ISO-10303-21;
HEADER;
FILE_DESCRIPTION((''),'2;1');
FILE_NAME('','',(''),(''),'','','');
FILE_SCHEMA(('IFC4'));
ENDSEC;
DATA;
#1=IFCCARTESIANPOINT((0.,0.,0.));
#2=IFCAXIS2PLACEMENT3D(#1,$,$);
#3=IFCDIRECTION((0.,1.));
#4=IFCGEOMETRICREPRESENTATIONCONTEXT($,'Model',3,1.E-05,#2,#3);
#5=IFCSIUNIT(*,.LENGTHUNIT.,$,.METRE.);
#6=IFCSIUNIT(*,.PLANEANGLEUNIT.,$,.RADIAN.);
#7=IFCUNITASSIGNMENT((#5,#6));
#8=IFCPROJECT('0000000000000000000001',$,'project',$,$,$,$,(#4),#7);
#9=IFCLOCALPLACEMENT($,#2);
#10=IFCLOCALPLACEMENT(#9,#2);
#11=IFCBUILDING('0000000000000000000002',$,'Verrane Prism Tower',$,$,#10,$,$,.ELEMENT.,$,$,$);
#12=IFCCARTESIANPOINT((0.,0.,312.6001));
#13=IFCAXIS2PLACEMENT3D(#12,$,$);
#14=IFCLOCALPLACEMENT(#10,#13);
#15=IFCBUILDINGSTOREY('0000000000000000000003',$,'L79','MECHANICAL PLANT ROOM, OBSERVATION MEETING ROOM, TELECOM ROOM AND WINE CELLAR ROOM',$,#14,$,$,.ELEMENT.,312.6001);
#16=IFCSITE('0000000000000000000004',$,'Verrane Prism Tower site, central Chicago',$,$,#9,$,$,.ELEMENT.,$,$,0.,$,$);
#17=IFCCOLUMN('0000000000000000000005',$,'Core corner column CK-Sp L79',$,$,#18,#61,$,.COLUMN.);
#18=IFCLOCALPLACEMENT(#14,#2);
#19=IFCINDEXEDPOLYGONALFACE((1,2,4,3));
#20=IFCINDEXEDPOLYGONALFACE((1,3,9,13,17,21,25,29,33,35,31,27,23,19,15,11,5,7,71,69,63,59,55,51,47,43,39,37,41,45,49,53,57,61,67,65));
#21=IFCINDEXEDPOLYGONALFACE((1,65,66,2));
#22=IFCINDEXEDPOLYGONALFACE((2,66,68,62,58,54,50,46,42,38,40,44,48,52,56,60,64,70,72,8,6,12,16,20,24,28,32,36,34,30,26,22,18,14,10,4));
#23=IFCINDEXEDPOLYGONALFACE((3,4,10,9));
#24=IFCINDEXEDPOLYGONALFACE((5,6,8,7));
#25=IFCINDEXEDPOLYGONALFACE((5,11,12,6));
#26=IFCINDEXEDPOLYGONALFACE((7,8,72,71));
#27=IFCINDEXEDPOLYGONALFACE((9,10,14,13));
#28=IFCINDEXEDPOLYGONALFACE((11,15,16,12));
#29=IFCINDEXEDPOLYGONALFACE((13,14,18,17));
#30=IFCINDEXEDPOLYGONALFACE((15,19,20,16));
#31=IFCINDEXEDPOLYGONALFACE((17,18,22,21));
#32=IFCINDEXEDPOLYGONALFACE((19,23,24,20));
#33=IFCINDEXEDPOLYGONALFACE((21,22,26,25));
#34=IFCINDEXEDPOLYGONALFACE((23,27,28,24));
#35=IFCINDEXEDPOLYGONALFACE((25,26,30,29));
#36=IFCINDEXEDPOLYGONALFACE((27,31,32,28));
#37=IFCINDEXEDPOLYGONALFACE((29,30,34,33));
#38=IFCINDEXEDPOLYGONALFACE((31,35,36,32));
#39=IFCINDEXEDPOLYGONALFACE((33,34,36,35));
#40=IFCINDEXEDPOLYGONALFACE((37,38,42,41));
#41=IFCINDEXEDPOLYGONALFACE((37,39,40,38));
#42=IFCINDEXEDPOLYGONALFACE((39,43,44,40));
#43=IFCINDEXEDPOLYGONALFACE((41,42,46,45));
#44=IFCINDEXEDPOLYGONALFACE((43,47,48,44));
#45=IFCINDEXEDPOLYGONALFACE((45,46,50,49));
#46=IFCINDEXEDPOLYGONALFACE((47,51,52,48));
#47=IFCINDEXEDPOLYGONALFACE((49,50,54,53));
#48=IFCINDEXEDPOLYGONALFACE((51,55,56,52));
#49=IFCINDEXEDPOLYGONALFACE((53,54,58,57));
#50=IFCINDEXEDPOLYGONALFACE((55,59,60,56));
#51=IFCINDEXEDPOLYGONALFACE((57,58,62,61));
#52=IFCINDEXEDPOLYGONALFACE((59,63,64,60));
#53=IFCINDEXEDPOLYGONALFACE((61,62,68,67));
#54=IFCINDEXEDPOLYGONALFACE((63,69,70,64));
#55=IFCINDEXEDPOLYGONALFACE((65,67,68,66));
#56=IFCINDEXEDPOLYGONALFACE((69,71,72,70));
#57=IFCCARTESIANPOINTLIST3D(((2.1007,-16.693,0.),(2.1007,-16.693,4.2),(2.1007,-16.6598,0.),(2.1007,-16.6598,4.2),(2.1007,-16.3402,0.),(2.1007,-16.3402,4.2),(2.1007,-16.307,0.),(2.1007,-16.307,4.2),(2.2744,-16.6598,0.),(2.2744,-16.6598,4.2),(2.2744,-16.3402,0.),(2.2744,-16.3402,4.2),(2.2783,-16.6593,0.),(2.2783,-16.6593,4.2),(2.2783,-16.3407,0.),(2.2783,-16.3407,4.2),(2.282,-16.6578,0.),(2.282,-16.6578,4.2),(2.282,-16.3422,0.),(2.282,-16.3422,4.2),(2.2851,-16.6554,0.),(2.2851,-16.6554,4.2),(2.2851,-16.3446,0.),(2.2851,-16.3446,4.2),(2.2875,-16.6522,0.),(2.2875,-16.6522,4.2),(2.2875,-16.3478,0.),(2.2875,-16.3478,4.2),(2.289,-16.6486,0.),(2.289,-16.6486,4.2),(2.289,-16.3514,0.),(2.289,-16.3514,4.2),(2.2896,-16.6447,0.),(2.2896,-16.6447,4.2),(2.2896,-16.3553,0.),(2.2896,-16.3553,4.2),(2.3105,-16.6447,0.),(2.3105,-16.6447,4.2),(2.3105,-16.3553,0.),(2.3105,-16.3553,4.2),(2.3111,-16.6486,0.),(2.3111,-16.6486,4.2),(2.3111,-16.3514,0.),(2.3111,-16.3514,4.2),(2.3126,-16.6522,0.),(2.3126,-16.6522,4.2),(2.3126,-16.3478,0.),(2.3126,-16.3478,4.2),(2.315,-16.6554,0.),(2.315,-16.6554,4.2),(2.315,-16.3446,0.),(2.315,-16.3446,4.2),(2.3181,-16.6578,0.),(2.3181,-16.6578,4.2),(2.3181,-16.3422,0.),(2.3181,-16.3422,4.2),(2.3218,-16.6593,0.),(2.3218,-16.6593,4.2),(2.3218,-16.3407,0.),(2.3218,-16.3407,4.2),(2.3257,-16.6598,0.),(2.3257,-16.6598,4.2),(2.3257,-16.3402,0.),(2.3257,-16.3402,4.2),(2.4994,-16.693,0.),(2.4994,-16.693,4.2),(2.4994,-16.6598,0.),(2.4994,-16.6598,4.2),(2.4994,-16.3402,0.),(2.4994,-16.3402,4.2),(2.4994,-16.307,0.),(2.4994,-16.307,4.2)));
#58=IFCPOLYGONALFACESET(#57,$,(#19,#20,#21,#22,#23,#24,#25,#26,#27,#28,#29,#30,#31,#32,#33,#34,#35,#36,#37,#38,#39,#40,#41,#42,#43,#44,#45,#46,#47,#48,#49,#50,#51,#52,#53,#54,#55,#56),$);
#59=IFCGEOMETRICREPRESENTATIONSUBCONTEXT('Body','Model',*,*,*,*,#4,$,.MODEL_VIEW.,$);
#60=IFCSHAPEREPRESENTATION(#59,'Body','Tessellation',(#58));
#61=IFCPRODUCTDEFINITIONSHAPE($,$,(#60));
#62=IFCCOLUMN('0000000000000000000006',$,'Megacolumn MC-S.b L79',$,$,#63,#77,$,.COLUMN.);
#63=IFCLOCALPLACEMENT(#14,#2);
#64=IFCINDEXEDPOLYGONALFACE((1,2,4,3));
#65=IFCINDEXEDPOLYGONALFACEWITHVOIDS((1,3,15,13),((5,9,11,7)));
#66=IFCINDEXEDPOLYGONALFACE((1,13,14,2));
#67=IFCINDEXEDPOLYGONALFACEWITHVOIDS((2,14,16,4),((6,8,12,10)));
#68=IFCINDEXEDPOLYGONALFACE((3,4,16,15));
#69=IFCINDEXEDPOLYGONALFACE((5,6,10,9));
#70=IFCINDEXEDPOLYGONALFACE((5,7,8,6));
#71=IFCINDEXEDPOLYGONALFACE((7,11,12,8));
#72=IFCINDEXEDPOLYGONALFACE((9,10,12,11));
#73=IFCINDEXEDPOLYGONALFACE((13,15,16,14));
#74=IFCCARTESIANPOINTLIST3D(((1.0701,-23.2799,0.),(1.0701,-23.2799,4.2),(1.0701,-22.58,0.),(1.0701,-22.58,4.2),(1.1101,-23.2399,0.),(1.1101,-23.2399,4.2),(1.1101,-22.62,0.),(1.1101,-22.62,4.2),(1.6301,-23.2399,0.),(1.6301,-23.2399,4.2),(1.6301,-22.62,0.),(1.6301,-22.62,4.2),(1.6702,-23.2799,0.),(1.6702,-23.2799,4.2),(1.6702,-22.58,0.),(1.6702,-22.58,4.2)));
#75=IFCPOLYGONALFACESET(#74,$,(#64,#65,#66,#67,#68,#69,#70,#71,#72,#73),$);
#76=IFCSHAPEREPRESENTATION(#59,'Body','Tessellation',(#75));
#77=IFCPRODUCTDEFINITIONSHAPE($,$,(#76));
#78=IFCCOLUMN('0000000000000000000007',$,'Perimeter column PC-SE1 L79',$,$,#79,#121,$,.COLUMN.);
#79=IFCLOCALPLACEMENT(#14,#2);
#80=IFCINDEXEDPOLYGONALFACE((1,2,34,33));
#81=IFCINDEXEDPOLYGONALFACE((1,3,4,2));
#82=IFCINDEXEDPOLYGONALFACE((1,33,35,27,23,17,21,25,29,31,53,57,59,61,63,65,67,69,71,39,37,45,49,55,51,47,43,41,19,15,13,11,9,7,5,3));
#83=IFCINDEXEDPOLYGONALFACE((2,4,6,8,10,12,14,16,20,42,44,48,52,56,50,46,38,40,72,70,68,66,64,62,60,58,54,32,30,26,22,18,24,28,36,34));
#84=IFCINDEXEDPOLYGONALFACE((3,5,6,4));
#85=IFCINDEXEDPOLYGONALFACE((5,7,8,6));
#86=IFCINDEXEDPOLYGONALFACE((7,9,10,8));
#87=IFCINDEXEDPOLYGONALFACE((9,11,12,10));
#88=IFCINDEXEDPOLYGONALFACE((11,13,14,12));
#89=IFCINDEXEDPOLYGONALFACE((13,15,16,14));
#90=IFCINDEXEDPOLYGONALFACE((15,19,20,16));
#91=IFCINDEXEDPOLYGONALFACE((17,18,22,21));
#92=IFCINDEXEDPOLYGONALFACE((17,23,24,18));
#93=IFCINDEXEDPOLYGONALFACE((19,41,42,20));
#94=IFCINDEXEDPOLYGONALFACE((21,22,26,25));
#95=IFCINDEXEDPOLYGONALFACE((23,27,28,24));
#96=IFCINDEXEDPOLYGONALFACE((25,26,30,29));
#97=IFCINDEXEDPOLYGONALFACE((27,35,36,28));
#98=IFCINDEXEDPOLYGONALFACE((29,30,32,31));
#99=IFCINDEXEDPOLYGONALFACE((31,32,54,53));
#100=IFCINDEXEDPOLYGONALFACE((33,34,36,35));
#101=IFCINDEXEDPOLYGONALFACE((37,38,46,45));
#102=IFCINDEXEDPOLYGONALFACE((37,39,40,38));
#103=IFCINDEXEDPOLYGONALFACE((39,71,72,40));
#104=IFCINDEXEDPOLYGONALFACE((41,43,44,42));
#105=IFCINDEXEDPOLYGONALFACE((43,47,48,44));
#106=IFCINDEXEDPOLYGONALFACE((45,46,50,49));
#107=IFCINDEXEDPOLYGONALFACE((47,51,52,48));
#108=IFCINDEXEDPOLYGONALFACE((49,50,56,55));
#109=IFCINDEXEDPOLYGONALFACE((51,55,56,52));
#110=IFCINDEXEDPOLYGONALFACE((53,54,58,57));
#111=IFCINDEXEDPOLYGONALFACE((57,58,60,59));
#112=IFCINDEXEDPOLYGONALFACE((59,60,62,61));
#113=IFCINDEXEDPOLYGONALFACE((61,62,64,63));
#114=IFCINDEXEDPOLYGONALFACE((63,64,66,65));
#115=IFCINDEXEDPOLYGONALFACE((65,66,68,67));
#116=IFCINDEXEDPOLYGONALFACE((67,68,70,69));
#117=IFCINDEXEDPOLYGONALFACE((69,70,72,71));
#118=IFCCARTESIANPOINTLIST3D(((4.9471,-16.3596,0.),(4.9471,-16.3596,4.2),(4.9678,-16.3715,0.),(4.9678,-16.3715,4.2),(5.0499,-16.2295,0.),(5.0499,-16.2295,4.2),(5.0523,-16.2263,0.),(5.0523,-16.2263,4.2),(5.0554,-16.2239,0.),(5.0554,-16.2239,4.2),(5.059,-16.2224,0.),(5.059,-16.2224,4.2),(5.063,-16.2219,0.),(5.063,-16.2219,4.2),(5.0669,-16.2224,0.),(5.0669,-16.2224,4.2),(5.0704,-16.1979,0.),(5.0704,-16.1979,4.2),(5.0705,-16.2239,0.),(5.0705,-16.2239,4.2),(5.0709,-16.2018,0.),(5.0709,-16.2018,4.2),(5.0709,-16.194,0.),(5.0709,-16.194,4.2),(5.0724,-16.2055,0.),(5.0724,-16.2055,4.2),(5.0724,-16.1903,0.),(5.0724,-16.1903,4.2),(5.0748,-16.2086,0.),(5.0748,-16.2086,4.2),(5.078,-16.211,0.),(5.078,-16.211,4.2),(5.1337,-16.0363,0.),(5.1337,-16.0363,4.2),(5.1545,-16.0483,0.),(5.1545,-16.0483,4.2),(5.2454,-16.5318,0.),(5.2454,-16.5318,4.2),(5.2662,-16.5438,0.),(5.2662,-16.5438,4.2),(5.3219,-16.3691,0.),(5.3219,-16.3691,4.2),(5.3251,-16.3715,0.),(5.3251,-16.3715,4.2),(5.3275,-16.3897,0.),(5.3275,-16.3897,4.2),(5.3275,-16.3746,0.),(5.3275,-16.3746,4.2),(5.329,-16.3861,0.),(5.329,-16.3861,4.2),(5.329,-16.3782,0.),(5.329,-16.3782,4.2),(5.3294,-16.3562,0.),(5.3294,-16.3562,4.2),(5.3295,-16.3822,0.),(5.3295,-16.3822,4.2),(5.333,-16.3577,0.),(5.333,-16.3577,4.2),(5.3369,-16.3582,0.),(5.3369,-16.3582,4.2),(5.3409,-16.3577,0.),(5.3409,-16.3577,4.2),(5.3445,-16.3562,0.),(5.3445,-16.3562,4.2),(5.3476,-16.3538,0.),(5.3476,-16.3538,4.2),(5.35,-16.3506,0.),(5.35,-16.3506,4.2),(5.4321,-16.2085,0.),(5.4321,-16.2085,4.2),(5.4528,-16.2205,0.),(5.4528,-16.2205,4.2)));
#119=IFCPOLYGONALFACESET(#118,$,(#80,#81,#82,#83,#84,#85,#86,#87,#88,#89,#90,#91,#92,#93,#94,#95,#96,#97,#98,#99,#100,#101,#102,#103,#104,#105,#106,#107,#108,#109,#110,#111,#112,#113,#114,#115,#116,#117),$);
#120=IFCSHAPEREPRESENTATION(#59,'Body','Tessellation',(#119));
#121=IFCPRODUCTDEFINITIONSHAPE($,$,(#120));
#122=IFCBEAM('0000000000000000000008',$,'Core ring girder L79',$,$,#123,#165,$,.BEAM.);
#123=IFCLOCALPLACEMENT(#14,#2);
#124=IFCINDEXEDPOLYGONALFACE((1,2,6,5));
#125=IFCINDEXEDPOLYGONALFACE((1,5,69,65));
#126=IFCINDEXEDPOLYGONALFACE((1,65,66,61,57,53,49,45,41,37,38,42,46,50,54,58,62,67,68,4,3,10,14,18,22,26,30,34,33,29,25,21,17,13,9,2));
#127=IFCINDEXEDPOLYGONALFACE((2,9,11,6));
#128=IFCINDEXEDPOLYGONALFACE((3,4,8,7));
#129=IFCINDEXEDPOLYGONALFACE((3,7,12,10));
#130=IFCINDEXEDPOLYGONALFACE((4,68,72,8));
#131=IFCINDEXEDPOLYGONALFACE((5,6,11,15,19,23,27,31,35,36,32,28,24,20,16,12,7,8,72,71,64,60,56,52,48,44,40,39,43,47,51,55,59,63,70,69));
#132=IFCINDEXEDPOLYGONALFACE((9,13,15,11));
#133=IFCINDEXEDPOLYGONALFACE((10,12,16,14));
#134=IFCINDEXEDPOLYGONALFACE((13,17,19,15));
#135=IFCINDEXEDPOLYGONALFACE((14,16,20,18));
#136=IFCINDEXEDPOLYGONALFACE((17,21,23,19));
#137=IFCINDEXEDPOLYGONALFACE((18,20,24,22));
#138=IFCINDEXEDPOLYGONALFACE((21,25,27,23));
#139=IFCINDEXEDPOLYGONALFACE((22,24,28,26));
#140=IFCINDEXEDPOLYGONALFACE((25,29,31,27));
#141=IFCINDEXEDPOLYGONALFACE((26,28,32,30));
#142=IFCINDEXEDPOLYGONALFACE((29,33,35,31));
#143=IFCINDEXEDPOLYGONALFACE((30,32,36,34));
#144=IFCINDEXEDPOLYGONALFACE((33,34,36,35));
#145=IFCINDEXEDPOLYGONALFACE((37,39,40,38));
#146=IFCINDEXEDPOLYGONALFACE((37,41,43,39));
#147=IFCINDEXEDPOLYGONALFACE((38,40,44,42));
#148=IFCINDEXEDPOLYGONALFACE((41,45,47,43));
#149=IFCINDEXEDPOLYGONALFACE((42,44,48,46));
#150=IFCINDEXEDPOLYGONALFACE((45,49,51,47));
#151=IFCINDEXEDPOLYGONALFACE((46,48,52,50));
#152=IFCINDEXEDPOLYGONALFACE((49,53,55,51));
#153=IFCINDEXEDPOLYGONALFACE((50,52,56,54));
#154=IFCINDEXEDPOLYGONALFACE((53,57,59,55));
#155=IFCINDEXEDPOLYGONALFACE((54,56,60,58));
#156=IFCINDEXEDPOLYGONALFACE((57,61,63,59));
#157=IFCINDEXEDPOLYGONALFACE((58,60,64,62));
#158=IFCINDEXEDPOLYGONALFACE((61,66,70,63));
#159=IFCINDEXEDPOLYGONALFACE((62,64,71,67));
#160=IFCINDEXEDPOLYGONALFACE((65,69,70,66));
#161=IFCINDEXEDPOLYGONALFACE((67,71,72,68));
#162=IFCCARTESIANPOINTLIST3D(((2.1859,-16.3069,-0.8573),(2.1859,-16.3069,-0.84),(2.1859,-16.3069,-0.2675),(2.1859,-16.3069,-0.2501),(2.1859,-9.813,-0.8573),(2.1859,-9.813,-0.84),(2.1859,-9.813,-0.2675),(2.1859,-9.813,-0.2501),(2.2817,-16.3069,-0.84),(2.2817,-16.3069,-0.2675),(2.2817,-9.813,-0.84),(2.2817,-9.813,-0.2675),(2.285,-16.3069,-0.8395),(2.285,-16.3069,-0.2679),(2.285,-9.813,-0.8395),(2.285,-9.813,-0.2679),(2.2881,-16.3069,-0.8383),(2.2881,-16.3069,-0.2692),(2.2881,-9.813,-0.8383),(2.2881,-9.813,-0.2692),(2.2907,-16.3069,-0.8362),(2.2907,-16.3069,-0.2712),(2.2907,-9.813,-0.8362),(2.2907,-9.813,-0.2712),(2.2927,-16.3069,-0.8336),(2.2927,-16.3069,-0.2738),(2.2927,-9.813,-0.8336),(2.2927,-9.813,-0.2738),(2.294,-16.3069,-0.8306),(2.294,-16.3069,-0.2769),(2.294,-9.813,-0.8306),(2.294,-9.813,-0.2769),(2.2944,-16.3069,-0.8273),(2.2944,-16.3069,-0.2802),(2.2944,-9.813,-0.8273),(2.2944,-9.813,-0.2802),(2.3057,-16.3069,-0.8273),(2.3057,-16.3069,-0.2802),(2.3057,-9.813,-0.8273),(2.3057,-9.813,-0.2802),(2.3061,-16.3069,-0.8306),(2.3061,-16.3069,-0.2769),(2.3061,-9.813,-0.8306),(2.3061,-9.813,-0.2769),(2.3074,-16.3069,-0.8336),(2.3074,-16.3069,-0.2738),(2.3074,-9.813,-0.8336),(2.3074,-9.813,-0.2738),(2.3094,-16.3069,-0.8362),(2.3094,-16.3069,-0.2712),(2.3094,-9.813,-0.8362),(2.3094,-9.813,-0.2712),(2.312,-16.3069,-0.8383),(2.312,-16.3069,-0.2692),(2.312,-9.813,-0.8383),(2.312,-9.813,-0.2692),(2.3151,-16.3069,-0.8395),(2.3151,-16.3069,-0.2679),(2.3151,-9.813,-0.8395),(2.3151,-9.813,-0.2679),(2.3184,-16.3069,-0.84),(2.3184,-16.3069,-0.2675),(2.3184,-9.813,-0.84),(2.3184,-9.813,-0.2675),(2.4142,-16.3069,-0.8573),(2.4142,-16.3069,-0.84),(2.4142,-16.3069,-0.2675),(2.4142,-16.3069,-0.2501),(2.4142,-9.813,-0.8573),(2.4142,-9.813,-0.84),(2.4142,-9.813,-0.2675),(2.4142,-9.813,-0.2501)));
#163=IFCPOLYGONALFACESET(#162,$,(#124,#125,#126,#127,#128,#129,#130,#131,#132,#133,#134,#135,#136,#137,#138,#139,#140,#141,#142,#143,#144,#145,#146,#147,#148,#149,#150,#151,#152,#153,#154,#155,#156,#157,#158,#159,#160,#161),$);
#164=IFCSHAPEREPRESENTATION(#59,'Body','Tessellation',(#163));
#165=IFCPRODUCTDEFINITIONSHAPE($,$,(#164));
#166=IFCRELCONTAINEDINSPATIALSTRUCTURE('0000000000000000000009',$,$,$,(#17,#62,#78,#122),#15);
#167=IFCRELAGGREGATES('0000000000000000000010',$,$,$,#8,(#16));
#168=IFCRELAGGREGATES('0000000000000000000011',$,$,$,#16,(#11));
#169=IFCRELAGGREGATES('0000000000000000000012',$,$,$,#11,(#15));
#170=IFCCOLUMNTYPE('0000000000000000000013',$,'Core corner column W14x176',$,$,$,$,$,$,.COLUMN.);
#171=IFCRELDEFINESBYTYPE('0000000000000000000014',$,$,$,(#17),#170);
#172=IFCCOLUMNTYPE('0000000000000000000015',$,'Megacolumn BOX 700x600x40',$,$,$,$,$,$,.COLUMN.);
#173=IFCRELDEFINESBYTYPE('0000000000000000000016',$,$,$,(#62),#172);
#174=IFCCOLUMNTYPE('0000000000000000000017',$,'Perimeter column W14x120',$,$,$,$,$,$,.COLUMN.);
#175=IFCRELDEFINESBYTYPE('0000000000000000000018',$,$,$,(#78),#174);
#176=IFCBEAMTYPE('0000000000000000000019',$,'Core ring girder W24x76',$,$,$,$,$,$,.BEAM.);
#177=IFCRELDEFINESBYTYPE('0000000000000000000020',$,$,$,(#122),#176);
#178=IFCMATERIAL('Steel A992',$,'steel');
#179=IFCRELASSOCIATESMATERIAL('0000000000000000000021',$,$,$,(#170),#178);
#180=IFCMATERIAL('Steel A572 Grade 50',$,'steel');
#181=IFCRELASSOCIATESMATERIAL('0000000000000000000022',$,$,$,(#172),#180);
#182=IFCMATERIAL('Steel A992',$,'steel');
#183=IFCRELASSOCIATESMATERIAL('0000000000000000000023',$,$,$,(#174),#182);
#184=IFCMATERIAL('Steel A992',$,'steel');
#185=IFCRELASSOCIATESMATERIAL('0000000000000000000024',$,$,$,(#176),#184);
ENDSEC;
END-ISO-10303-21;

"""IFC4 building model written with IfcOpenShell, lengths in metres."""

from ifc_helpers import new_model, si_unit, direction, frame, origin, origin_2d, place, context, subcontext, project, spatial, hollow_rectangle, i_section, extrude, material, material_profile, profile_set, type_object, element, save


model = new_model("IFC4")

# Units and contexts
model_context = context("Model", 3, precision=1e-05, world=origin(), true_north=direction((0.0, 1.0)))
body_context = subcontext(model_context, "Body", "Model", "MODEL_VIEW")
ifc_project = project(units=[si_unit("LENGTHUNIT", "METRE"), si_unit("PLANEANGLEUNIT", "RADIAN")], contexts=[model_context])

# Site, building, storey
site_placement = place(None, origin())
site = spatial("IfcSite", under=ifc_project, at=site_placement, Name="Verrane Prism Tower site, central Chicago", CompositionType="ELEMENT", RefElevation=0.0)
building_placement = place(site_placement, origin())
building = spatial("IfcBuilding", under=site, at=building_placement, Name="Verrane Prism Tower", CompositionType="ELEMENT")
storey_placement = place(building_placement, frame((0.0, 0.0, 312.6001)))
storey = spatial("IfcBuildingStorey", under=building, at=storey_placement, Name="L79", Description="MECHANICAL PLANT ROOM, OBSERVATION MEETING ROOM, TELECOM ROOM AND WINE CELLAR ROOM", CompositionType="ELEMENT", Elevation=312.6001)

# Columns
ifc_material_1 = material(Name="Steel A992", Category="steel")
ifc_material_profile_1 = material_profile(ifc_material_1, i_section(OverallWidth=0.3987, OverallDepth=0.386, WebThickness=0.021, FlangeThickness=0.0332, FilletRadius=0.0151, at=origin_2d()), Name="W14x176")
ifc_profile_set_1 = profile_set([ifc_material_profile_1], Name="Steel A992")
column_type_1 = type_object("IfcColumnType", Name="Core corner column W14x176", PredefinedType="COLUMN", material=ifc_profile_set_1)
column_1_placement = place(storey_placement, frame((2.3, -16.5, 0.0), z_axis=(0.0, 0.0, 1.0), x_axis=(-1.0, 0.0, 0.0)))
element("IfcColumn", 1, at=column_1_placement, inside=storey, type_object=column_type_1, Name="Core corner column CK-Sp L79", PredefinedType="COLUMN", context=body_context, shape_type="SweptSolid", body=[
    extrude(i_section(OverallWidth=0.3987, OverallDepth=0.386, WebThickness=0.021, FlangeThickness=0.0332, FilletRadius=0.0151, at=origin_2d()), origin(), (0.0, 0.0, 1.0), 4.2),
])
ifc_material_2 = material(Name="Steel A572 Grade 50", Category="steel")
ifc_material_profile_2 = material_profile(ifc_material_2, hollow_rectangle(XDim=0.6001, YDim=0.7, WallThickness=0.04, at=origin_2d()), Name="BOX 700x600x40")
ifc_profile_set_2 = profile_set([ifc_material_profile_2], Name="Steel A572 Grade 50")
column_type_2 = type_object("IfcColumnType", Name="Megacolumn BOX 700x600x40", PredefinedType="COLUMN", material=ifc_profile_set_2)
column_2_placement = place(storey_placement, frame((1.3701, -22.9299, 0.0), z_axis=(0.0, 0.0, 1.0), x_axis=(-1.0, 0.0, 0.0)))
element("IfcColumn", 2, at=column_2_placement, inside=storey, type_object=column_type_2, Name="Megacolumn MC-S.b L79", PredefinedType="COLUMN", context=body_context, shape_type="SweptSolid", body=[
    extrude(hollow_rectangle(XDim=0.6001, YDim=0.7, WallThickness=0.04, at=origin_2d()), origin(), (0.0, 0.0, 1.0), 4.2),
])
ifc_material_3 = material(Name="Steel A992", Category="steel")
ifc_material_profile_3 = material_profile(ifc_material_3, i_section(OverallWidth=0.3733, OverallDepth=0.3684, WebThickness=0.0149, FlangeThickness=0.0239, FilletRadius=0.0151, at=origin_2d()), Name="W14x120")
ifc_profile_set_3 = profile_set([ifc_material_profile_3], Name="Steel A992")
column_type_3 = type_object("IfcColumnType", Name="Perimeter column W14x120", PredefinedType="COLUMN", material=ifc_profile_set_3)
column_3_placement = place(storey_placement, frame((5.2, -16.29, 0.0), z_axis=(0.0, 0.0, 1.0), x_axis=(-0.5, -0.866025, 0.0)))
element("IfcColumn", 3, at=column_3_placement, inside=storey, type_object=column_type_3, Name="Perimeter column PC-SE1 L79", PredefinedType="COLUMN", context=body_context, shape_type="SweptSolid", body=[
    extrude(i_section(OverallWidth=0.3733, OverallDepth=0.3684, WebThickness=0.0149, FlangeThickness=0.0239, FilletRadius=0.0151, at=origin_2d()), origin(), (0.0, 0.0, 1.0), 4.2),
])

# Beam
ifc_material_4 = material(Name="Steel A992", Category="steel")
ifc_material_profile_4 = material_profile(ifc_material_4, i_section(OverallWidth=0.2283, OverallDepth=0.6072, WebThickness=0.0112, FlangeThickness=0.0173, FilletRadius=0.0127, at=origin_2d()), Name="W24x76")
ifc_profile_set_4 = profile_set([ifc_material_profile_4], Name="Steel A992")
beam_type_1 = type_object("IfcBeamType", Name="Core ring girder W24x76", PredefinedType="BEAM", material=ifc_profile_set_4)
beam_1_placement = place(storey_placement, frame((2.3, -16.3069, -0.5537), z_axis=(0.0, 1.0, 0.0), x_axis=(-1.0, 0.0, 0.0)))
element("IfcBeam", 4, at=beam_1_placement, inside=storey, type_object=beam_type_1, Name="Core ring girder L79", PredefinedType="BEAM", context=body_context, shape_type="SweptSolid", body=[
    extrude(i_section(OverallWidth=0.2283, OverallDepth=0.6072, WebThickness=0.0112, FlangeThickness=0.0173, FilletRadius=0.0127, at=origin_2d()), origin(), (0.0, 0.0, 1.0), 6.4939),
])

save(model, "model.ifc")
